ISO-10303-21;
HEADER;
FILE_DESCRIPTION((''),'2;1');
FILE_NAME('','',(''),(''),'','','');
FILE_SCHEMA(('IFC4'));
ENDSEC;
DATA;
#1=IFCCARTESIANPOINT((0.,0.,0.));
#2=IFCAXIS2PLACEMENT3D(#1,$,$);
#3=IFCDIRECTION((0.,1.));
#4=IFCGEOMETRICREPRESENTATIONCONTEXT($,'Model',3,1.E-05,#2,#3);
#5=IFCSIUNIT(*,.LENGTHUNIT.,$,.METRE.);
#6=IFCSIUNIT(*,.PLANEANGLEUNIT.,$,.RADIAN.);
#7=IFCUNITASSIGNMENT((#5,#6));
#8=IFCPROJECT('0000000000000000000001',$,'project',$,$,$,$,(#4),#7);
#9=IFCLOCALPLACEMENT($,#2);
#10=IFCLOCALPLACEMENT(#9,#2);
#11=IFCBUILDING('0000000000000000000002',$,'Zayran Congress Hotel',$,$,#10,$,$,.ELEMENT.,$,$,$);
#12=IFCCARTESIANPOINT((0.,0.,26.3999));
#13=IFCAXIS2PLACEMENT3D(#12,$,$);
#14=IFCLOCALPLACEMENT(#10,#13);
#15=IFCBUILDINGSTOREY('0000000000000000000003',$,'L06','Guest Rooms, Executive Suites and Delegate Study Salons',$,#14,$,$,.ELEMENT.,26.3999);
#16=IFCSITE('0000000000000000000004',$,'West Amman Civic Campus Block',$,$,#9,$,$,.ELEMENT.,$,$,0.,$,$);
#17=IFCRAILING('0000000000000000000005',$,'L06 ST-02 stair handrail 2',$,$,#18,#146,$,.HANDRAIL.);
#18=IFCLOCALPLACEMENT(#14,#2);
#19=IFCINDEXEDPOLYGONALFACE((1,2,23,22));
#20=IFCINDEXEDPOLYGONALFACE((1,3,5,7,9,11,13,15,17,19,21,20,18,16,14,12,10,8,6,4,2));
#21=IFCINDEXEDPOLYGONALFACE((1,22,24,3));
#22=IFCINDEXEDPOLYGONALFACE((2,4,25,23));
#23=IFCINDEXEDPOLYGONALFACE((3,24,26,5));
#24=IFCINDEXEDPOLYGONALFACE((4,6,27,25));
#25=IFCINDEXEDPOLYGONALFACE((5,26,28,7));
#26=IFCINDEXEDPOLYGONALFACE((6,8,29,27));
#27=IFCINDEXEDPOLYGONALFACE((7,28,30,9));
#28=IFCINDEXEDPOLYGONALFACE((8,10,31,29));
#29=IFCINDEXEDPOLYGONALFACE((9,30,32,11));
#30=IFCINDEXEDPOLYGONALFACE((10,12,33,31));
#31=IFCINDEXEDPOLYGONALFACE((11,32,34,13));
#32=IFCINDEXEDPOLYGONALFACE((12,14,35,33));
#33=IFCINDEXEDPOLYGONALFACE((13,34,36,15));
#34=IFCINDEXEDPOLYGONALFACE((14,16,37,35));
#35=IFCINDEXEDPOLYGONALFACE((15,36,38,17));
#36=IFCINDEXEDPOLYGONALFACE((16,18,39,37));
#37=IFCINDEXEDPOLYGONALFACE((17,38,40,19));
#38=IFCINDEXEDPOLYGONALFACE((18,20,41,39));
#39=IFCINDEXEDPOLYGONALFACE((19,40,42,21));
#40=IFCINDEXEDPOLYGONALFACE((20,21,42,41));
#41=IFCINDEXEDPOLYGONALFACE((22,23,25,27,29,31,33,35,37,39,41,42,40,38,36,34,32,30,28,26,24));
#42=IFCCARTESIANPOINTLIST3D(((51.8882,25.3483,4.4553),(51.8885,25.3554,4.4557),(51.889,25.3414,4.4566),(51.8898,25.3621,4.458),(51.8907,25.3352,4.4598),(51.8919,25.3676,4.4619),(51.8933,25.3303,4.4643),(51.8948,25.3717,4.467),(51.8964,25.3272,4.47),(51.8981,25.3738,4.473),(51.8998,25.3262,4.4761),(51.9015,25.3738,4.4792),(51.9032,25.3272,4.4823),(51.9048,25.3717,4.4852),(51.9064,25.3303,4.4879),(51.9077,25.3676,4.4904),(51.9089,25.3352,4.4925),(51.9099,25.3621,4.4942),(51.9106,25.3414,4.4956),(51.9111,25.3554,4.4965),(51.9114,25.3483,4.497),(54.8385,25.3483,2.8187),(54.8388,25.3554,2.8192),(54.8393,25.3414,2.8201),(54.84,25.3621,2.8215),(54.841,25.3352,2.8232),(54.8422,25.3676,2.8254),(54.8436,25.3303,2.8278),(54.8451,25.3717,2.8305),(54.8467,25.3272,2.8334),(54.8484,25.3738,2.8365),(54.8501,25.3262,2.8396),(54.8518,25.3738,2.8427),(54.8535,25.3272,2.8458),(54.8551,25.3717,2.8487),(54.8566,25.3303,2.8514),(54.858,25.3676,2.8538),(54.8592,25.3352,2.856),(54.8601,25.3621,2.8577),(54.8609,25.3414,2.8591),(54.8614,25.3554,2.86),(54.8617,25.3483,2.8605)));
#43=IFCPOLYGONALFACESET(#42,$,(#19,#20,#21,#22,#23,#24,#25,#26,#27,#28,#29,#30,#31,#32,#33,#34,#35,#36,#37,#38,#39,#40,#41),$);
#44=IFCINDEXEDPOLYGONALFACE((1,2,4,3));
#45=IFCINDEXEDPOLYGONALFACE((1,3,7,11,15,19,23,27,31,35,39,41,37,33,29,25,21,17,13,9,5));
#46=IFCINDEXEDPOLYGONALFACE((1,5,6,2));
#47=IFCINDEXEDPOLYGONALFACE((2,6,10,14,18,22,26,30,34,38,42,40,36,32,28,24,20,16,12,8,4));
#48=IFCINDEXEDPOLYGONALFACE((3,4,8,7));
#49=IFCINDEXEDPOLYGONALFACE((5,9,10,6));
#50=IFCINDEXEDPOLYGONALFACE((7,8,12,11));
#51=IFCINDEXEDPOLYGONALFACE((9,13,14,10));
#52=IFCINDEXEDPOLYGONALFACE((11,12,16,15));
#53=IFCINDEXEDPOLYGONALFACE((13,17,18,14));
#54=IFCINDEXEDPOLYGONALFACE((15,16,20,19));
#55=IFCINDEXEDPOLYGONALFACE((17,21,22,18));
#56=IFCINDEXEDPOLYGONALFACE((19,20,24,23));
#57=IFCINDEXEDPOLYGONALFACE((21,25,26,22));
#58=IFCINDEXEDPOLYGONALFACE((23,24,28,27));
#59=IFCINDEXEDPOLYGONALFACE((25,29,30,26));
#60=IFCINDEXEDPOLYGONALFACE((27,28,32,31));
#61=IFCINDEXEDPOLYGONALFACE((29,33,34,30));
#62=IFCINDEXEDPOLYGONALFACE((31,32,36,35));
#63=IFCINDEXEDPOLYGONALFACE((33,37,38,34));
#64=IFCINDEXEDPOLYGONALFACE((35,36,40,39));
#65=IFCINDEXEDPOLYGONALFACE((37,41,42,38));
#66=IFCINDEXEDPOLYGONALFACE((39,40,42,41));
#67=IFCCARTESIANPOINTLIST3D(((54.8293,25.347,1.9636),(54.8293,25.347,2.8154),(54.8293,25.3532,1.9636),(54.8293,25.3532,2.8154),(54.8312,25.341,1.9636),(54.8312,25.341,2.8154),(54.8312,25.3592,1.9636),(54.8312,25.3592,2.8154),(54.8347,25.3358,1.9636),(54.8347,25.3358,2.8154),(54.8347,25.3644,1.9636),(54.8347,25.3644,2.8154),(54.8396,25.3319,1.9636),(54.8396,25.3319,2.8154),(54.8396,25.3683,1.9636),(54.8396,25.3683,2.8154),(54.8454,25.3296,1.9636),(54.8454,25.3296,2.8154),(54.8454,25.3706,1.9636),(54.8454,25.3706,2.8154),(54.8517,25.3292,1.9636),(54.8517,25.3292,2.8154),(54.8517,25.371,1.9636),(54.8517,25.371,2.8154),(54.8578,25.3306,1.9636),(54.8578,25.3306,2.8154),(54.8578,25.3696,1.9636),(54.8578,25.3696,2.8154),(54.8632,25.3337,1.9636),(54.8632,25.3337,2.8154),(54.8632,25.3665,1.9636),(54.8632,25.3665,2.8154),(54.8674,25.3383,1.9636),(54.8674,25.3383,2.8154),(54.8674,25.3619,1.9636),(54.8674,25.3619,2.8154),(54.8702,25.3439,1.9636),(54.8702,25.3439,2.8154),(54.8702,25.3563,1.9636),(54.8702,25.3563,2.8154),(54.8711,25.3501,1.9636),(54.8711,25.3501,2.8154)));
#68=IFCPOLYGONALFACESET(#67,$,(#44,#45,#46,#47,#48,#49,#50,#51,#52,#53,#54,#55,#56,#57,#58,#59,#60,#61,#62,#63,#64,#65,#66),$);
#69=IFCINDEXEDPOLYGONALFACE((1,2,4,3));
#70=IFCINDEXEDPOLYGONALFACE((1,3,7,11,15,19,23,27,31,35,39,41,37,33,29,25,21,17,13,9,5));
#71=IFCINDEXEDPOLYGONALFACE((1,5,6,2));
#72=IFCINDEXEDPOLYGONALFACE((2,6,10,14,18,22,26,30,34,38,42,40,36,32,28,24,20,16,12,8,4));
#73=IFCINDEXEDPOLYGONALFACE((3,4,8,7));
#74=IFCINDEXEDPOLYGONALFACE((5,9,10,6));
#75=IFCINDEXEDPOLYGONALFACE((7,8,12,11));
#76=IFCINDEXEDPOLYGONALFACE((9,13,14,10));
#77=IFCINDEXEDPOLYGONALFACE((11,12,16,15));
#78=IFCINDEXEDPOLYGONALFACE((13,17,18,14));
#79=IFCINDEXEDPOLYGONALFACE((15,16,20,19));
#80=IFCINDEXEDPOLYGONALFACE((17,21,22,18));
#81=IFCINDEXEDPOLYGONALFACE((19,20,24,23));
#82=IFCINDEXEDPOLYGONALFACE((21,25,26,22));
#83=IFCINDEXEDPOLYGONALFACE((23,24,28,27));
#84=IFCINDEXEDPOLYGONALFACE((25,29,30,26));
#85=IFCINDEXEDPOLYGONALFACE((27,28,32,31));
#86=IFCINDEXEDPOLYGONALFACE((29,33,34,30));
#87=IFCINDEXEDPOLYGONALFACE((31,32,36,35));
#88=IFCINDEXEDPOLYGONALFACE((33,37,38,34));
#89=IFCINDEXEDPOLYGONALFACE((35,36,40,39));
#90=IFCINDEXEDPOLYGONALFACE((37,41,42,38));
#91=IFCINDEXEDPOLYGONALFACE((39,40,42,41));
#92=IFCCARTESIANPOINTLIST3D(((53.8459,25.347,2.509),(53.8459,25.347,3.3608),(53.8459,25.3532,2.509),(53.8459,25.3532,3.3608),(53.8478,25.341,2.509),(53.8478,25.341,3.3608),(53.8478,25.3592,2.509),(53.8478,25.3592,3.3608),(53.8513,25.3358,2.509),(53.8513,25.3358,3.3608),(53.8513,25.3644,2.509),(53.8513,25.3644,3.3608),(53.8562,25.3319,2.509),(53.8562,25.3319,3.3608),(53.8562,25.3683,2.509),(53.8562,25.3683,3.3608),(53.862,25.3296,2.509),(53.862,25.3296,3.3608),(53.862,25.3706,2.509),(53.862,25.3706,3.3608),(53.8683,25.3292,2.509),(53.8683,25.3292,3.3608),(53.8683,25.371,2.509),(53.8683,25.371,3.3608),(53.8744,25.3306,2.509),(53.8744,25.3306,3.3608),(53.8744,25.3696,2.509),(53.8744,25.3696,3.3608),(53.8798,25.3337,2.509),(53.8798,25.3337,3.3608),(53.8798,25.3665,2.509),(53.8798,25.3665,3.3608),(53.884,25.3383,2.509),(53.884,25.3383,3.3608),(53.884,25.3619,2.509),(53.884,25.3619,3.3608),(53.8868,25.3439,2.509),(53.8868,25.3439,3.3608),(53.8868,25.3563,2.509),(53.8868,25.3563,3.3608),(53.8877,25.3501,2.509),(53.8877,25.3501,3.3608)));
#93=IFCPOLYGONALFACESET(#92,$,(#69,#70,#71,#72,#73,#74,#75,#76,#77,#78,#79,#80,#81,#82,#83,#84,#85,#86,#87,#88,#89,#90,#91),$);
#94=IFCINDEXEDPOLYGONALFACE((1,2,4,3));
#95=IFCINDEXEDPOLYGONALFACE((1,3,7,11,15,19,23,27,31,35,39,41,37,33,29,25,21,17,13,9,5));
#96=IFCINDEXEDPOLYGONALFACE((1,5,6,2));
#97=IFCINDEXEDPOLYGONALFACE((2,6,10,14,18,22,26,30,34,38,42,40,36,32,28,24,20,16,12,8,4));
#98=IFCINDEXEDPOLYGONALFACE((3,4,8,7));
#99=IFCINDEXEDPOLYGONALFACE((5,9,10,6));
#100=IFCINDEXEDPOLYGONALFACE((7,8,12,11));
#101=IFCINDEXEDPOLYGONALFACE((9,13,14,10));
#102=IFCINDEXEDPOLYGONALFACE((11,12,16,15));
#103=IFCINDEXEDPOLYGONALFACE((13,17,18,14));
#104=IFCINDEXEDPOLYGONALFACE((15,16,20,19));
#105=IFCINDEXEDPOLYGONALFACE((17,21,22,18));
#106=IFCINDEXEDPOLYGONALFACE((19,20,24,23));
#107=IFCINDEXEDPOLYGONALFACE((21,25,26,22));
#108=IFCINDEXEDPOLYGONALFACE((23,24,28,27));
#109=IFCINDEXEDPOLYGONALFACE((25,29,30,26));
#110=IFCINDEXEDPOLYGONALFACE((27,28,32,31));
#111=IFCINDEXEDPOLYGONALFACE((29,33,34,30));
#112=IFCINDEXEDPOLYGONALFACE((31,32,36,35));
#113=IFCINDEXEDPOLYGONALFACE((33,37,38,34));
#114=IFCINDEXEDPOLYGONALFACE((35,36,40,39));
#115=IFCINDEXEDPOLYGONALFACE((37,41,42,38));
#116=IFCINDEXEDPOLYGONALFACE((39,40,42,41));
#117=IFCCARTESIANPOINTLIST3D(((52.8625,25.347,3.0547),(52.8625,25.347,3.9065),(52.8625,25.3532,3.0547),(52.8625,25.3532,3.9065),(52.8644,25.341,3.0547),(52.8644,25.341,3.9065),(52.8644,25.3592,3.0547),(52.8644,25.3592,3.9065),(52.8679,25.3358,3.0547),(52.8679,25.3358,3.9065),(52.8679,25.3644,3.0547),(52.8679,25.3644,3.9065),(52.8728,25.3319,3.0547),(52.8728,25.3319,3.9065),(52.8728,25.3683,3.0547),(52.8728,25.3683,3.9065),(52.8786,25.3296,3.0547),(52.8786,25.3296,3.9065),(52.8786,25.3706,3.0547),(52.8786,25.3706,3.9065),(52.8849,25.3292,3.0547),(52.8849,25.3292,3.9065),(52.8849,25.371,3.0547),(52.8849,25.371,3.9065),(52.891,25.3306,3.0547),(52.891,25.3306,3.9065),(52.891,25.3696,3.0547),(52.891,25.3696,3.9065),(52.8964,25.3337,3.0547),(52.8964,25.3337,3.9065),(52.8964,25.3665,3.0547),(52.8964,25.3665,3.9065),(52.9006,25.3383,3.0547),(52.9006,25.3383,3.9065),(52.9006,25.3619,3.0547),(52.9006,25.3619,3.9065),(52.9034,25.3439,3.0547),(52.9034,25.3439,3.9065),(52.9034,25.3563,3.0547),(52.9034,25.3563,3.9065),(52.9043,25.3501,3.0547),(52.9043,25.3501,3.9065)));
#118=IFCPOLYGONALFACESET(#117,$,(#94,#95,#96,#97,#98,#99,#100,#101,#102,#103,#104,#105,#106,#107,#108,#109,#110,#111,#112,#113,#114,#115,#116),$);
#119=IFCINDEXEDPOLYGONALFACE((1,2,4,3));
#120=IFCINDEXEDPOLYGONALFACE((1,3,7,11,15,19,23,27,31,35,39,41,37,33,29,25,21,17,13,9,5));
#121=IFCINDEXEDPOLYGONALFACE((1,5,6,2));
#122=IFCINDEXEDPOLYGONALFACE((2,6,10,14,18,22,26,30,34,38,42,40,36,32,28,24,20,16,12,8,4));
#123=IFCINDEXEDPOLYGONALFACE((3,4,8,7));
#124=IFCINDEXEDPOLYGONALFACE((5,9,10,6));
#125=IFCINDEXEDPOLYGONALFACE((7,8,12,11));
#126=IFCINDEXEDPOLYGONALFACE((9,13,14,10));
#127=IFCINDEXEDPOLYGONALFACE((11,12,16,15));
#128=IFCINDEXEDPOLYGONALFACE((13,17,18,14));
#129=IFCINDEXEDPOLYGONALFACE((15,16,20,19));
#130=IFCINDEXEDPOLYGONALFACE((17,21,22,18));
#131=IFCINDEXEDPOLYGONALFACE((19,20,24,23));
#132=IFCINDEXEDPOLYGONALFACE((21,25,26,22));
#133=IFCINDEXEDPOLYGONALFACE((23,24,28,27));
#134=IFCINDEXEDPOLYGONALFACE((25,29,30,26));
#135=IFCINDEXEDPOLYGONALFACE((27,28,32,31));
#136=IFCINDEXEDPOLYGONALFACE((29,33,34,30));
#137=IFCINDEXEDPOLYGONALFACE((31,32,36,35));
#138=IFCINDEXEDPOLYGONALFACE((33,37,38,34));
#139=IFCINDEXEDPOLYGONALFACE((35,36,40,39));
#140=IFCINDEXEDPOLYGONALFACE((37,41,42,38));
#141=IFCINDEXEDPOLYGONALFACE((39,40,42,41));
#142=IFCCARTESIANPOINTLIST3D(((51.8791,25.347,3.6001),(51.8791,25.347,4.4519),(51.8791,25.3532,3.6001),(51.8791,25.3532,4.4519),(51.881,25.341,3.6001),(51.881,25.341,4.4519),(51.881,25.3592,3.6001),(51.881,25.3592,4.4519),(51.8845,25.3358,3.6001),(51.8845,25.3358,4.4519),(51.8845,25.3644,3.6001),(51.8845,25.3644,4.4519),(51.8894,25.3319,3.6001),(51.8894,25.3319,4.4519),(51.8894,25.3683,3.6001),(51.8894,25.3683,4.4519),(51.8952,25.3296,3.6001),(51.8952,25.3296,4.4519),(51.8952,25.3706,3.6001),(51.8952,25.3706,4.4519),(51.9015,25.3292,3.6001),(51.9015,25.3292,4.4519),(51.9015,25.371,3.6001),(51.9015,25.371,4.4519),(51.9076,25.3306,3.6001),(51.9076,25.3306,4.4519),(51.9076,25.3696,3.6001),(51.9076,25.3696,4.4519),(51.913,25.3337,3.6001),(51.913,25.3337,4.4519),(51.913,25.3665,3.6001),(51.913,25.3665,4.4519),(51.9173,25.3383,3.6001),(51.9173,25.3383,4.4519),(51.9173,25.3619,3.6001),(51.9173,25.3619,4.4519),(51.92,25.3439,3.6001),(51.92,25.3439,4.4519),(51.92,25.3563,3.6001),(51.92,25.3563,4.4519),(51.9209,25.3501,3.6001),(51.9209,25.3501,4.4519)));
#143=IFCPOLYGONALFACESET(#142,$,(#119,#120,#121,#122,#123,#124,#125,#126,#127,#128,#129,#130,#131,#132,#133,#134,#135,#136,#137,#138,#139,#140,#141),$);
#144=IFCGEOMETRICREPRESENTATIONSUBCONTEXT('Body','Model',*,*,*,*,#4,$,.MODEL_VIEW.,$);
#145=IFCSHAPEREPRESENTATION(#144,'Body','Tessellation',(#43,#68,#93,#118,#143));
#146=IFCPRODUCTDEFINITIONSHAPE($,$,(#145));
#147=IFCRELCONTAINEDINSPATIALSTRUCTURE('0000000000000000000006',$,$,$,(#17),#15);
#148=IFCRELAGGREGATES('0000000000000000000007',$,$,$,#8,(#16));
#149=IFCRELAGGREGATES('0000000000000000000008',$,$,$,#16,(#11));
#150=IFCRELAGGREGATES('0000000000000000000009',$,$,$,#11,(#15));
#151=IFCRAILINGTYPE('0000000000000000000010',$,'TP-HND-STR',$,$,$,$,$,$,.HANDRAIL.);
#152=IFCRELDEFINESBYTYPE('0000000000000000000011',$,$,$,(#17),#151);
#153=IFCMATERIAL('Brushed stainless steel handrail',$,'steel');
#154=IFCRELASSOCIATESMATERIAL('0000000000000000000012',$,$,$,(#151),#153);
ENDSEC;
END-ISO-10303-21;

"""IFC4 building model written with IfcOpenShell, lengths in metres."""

from ifc_helpers import new_model, si_unit, direction, frame, origin, origin_2d, place, context, subcontext, project, spatial, circle, extrude, material, type_object, element, save


model = new_model("IFC4")

# Units and contexts
model_context = context("Model", 3, precision=1e-05, world=origin(), true_north=direction((0.0, 1.0)))
body_context = subcontext(model_context, "Body", "Model", "MODEL_VIEW")
ifc_project = project(units=[si_unit("LENGTHUNIT", "METRE"), si_unit("PLANEANGLEUNIT", "RADIAN")], contexts=[model_context])

# Site, building, storey
site_placement = place(None, origin())
site = spatial("IfcSite", under=ifc_project, at=site_placement, Name="West Amman Civic Campus Block", CompositionType="ELEMENT", RefElevation=0.0)
building_placement = place(site_placement, origin())
building = spatial("IfcBuilding", under=site, at=building_placement, Name="Zayran Congress Hotel", CompositionType="ELEMENT")
storey_placement = place(building_placement, frame((0.0, 0.0, 26.3999)))
storey = spatial("IfcBuildingStorey", under=building, at=storey_placement, Name="L06", Description="Guest Rooms, Executive Suites and Delegate Study Salons", CompositionType="ELEMENT", Elevation=26.3999)

# Railing
ifc_material_1 = material(Name="Brushed stainless steel handrail", Category="steel")
railing_type_1 = type_object("IfcRailingType", Name="TP-HND-STR", PredefinedType="HANDRAIL", material=ifc_material_1)
railing_1_placement = place(storey_placement, frame((54.8501, 25.3501, 1.9636)))
element("IfcRailing", 1, at=railing_1_placement, inside=storey, type_object=railing_type_1, Name="L06 ST-02 stair handrail 2", PredefinedType="HANDRAIL", context=body_context, shape_type="SweptSolid", body=[
    extrude(circle(Radius=0.0239, at=origin_2d()), frame((0.0, 0.0, 0.876), z_axis=(-0.874475, 0.0, 0.485071), x_axis=(0.0, -1.0, 0.0)), (0.0, 0.0, 1.0), 3.3738),
    extrude(circle(Radius=0.021, at=origin_2d()), origin(), (0.0, 0.0, 1.0), 0.8518),
    extrude(circle(Radius=0.021, at=origin_2d()), frame((-0.9834, 0.0, 0.5454)), (0.0, 0.0, 1.0), 0.8518),
    extrude(circle(Radius=0.021, at=origin_2d()), frame((-1.9668, 0.0, 1.0911)), (0.0, 0.0, 1.0), 0.8518),
    extrude(circle(Radius=0.021, at=origin_2d()), frame((-2.9502, 0.0, 1.6365)), (0.0, 0.0, 1.0), 0.8518),
])

save(model, "model.ifc")
